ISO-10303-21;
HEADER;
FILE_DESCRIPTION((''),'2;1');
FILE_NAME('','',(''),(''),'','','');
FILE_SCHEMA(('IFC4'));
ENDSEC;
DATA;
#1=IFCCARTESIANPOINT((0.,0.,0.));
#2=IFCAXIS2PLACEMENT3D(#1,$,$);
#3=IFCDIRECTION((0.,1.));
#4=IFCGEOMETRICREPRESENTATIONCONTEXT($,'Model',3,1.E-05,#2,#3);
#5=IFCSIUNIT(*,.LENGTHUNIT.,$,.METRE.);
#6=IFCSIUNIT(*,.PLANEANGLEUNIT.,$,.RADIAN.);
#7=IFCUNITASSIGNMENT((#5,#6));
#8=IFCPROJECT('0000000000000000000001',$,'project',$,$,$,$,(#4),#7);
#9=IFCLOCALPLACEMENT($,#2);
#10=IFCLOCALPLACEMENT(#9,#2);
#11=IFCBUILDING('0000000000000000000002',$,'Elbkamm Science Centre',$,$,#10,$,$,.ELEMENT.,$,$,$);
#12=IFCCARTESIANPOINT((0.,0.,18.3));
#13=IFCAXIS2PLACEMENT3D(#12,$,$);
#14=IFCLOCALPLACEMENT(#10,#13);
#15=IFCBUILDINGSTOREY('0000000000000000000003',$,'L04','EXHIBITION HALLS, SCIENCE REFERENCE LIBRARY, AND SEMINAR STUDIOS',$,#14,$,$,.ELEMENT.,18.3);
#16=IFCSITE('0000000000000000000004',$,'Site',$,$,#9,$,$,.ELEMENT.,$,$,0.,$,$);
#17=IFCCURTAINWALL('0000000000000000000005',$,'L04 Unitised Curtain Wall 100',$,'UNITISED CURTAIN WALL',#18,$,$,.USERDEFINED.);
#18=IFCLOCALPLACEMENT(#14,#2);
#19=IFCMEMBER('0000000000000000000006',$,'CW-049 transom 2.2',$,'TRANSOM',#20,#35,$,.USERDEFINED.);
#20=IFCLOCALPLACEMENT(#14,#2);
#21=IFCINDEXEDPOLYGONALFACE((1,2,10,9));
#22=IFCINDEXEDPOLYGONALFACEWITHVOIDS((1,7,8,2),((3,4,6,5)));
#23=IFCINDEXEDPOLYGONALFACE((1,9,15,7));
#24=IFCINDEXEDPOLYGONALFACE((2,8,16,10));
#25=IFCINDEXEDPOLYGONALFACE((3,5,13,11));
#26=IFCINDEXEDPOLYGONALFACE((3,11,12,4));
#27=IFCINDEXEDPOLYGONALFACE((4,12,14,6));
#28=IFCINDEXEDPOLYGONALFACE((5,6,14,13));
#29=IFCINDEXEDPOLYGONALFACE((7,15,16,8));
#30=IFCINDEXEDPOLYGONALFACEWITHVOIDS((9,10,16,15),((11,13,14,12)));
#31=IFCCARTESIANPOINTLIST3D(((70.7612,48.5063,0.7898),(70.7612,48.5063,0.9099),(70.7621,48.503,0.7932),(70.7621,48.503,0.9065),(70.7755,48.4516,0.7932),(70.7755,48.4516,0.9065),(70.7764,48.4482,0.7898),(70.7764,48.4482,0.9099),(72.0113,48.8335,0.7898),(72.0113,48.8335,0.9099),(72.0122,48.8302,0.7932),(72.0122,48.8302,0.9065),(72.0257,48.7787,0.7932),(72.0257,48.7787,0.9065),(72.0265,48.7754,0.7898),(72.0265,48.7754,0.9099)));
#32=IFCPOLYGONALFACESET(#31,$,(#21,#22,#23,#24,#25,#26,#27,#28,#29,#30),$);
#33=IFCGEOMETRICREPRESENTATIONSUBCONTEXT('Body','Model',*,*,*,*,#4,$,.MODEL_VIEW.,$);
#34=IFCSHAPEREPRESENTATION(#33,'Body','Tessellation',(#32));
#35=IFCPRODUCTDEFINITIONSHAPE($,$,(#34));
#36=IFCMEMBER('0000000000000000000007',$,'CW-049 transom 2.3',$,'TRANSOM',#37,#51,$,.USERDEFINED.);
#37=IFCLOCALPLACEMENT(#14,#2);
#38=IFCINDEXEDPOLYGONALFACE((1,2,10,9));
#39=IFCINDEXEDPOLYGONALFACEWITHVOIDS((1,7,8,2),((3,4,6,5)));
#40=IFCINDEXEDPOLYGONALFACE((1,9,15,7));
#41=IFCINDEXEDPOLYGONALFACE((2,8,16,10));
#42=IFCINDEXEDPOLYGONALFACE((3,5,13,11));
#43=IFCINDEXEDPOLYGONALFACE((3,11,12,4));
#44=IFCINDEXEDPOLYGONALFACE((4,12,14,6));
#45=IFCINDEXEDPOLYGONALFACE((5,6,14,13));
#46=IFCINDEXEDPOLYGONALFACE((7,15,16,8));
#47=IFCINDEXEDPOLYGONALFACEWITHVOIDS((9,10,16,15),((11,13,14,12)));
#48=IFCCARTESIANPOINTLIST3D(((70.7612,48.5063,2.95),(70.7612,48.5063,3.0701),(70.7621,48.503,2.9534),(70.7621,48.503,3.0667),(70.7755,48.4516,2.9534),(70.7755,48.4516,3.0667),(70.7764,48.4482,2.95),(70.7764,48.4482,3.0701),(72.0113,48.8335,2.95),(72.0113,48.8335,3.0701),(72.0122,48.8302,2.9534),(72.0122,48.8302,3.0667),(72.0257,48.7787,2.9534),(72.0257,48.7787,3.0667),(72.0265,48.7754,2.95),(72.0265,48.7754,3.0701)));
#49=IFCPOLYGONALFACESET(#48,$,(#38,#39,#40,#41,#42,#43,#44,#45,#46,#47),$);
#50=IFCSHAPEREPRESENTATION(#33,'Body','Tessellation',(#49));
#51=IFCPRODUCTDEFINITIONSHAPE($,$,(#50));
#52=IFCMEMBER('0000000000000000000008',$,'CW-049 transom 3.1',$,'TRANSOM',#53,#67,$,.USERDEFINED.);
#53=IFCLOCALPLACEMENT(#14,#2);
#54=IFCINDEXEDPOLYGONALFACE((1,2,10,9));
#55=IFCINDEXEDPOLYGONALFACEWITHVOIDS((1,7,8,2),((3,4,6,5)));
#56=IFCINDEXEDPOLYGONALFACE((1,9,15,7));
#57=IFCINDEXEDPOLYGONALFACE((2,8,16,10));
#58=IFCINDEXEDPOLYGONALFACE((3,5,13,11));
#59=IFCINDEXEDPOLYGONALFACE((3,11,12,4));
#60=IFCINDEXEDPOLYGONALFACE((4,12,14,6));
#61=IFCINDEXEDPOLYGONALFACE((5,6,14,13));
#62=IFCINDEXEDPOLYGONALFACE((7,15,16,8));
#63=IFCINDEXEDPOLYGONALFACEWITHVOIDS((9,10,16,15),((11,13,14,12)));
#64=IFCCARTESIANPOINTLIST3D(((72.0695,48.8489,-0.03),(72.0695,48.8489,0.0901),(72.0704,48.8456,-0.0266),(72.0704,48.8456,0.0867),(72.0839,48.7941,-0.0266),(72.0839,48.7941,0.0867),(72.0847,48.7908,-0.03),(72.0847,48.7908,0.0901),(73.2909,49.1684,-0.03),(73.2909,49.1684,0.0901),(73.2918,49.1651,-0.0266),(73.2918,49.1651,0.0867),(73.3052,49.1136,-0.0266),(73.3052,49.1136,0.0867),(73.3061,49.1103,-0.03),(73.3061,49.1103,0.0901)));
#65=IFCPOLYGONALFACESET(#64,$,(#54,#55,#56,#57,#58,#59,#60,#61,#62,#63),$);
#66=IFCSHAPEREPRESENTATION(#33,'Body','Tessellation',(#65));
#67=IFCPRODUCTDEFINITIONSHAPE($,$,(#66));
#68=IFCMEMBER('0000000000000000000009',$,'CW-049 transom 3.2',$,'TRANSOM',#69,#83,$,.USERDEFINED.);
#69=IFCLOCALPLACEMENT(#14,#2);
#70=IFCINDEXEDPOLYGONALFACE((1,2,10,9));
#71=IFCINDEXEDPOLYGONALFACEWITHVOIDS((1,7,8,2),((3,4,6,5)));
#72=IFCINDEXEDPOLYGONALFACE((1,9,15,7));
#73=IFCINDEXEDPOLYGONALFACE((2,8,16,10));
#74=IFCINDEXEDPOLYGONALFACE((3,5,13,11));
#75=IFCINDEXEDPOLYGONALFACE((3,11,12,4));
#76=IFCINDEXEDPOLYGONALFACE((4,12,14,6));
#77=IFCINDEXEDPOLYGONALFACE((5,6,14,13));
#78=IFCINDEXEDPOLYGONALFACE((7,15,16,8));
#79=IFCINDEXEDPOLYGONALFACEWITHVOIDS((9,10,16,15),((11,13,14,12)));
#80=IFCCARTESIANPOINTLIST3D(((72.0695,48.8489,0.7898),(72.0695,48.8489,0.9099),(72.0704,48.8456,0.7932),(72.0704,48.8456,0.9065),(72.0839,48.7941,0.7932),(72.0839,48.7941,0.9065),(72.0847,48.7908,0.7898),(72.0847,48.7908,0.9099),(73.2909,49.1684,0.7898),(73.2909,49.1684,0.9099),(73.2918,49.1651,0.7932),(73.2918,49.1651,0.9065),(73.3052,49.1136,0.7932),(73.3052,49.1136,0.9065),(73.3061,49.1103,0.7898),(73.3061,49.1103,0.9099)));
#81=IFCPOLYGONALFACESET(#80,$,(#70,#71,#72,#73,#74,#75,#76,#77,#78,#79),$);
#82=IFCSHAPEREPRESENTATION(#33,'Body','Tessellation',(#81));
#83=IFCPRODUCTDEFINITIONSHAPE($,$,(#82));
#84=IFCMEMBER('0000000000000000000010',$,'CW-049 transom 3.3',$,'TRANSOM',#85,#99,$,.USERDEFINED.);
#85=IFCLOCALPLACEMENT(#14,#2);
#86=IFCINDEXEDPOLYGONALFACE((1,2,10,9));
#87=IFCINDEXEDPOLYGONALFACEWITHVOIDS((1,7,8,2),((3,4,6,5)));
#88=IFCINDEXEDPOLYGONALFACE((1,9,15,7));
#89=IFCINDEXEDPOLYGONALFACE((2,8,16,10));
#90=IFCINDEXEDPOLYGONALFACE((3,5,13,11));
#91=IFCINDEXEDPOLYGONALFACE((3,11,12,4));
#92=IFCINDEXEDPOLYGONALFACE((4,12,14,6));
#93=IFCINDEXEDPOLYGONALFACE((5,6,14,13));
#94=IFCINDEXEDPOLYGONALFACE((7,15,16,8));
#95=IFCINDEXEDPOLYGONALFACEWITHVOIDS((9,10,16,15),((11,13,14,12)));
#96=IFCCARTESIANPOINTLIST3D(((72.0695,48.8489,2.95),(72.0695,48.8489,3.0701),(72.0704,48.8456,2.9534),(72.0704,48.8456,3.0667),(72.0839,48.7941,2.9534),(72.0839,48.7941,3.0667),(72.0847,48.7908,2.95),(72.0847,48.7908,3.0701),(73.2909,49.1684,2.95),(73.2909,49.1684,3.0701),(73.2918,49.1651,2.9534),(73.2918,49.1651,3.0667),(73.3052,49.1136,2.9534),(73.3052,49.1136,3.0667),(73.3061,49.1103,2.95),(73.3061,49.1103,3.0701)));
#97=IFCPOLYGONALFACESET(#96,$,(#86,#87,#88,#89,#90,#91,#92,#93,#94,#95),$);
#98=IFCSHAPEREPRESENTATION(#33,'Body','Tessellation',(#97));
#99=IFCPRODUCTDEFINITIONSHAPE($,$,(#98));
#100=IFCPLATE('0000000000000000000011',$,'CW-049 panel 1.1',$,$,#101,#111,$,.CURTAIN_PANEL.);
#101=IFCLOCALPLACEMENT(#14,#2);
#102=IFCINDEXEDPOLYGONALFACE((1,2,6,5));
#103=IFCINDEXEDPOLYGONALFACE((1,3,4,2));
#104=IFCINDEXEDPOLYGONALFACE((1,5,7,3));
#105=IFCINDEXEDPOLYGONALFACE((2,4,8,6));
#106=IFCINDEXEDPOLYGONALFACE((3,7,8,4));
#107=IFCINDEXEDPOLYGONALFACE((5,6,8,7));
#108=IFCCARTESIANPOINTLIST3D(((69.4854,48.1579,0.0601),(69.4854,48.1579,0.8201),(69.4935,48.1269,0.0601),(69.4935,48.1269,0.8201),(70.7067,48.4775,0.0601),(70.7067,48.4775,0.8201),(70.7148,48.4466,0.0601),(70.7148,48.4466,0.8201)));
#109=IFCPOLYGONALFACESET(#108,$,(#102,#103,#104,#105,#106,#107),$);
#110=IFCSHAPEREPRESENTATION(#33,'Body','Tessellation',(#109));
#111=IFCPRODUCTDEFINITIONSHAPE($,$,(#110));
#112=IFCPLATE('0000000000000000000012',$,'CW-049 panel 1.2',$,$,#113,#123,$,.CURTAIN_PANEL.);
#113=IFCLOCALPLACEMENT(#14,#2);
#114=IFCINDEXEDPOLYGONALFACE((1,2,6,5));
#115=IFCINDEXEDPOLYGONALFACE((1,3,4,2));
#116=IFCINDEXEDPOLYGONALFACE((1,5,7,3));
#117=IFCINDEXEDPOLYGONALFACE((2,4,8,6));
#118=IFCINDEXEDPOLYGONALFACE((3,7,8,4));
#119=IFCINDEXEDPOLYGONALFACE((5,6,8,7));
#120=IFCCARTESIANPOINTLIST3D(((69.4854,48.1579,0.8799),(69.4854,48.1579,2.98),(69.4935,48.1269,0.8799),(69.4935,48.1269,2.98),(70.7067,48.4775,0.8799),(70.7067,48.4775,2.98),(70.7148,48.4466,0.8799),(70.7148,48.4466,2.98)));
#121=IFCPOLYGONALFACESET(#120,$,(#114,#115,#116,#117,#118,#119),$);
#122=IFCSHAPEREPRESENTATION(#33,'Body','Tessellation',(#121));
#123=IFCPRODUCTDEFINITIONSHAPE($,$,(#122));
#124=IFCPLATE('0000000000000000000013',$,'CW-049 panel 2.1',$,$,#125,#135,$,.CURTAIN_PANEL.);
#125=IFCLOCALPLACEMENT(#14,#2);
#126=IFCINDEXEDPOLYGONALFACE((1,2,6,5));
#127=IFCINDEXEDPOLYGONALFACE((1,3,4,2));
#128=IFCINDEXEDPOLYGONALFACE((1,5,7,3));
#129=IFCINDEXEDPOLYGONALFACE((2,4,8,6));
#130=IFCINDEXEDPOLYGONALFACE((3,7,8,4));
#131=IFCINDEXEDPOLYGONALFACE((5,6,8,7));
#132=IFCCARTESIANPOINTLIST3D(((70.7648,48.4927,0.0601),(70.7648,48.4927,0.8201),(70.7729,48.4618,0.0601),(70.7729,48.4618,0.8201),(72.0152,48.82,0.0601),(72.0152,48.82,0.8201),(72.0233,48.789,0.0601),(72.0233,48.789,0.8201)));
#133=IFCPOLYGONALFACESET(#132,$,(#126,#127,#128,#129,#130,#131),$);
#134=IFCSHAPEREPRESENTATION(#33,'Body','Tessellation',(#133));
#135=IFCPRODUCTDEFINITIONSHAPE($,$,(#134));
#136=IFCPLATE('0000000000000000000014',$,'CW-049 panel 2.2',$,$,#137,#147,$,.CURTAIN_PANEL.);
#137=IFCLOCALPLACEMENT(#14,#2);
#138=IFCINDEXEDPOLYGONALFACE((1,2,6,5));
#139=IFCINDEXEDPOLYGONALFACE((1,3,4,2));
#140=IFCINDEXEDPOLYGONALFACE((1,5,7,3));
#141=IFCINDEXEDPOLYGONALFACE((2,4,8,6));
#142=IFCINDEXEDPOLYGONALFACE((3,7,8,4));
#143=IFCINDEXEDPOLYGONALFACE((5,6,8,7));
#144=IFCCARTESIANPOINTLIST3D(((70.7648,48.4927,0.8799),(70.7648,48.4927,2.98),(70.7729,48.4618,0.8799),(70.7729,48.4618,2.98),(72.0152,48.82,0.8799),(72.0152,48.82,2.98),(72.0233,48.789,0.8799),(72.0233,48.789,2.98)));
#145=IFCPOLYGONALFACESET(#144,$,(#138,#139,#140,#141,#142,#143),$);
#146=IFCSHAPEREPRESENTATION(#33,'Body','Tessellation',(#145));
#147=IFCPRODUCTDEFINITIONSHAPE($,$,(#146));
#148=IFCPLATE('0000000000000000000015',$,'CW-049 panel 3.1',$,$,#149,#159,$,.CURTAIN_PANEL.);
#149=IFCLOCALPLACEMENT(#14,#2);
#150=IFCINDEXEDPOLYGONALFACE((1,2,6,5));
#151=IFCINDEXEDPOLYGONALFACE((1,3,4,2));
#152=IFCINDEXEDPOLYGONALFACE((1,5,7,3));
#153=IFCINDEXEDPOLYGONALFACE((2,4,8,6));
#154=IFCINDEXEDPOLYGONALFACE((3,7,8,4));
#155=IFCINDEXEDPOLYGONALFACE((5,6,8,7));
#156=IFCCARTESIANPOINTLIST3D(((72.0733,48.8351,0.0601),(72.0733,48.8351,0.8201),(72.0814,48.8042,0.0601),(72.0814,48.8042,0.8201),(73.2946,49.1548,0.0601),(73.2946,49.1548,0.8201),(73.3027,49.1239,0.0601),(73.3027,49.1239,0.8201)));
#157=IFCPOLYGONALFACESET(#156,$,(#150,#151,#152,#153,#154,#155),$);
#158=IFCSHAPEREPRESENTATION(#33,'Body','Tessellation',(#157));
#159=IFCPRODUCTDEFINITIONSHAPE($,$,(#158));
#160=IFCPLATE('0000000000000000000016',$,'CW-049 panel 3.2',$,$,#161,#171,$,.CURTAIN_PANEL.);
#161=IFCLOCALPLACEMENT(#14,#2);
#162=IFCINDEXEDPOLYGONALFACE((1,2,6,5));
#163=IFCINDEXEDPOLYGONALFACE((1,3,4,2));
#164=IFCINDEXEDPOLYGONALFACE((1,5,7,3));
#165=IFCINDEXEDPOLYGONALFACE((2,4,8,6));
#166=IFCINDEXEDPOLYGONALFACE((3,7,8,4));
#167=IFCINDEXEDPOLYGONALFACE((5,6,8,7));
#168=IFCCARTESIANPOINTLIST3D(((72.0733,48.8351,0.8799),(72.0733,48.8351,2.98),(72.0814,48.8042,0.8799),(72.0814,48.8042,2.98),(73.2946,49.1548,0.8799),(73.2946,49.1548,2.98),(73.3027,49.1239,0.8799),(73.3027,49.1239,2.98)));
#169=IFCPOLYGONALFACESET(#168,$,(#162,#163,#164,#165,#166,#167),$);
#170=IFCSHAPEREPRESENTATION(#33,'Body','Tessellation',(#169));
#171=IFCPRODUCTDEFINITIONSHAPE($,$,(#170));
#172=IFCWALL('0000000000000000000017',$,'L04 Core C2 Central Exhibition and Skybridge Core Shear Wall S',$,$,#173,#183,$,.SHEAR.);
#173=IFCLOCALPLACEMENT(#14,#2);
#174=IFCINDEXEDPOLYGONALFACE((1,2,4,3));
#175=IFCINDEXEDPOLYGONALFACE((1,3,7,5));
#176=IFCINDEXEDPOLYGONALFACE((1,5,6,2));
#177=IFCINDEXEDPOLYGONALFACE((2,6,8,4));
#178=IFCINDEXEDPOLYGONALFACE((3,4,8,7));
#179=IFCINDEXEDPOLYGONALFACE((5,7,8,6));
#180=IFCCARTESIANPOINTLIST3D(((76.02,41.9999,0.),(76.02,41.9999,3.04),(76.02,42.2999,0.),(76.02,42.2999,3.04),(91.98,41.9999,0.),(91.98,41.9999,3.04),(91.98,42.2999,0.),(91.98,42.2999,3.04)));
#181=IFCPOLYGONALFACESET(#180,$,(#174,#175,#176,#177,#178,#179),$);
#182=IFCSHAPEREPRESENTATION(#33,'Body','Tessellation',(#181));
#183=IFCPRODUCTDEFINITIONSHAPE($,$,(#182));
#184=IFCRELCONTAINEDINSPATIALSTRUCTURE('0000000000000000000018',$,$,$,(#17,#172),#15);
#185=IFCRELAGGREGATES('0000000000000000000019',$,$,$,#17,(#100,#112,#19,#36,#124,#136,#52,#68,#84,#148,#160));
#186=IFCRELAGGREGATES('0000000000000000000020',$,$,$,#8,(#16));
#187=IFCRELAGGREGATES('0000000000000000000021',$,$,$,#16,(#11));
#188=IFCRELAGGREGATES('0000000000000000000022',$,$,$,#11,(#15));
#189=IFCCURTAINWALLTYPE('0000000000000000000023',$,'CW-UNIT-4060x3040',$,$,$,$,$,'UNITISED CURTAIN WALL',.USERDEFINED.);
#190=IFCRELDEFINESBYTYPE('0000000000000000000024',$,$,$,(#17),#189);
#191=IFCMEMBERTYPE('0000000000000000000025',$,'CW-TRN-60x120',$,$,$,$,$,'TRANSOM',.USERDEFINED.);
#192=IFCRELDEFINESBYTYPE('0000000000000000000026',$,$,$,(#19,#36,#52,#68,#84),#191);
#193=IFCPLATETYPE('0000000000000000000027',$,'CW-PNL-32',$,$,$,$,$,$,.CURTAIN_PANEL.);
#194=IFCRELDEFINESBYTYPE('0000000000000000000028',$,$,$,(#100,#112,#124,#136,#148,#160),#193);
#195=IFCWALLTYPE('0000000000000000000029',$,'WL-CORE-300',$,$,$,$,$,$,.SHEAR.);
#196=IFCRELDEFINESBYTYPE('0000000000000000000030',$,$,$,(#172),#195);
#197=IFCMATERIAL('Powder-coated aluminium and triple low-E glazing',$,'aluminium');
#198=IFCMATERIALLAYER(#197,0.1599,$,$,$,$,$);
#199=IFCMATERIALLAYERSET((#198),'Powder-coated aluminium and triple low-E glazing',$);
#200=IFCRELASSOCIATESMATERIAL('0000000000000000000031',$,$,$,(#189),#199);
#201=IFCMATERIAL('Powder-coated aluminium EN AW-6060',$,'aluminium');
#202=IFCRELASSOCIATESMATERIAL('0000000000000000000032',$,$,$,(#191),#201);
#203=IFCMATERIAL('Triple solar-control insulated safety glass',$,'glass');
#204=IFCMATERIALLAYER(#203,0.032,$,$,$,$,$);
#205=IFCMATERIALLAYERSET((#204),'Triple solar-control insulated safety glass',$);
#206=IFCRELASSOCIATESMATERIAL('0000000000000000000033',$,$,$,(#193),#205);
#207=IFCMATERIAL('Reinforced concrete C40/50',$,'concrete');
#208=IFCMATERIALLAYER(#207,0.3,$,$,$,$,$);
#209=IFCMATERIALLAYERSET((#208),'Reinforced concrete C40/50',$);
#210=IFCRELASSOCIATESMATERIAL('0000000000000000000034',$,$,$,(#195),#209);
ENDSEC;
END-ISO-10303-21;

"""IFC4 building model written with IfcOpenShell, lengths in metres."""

from ifc_helpers import new_model, si_unit, direction, frame, frame_2d, origin, origin_2d, place, context, subcontext, project, spatial, rectangle, hollow_rectangle, extrude, material, layer, layer_set, material_profile, profile_set, type_object, element, aggregate, save


model = new_model("IFC4")

# Units and contexts
model_context = context("Model", 3, precision=1e-05, world=origin(), true_north=direction((0.0, 1.0)))
body_context = subcontext(model_context, "Body", "Model", "MODEL_VIEW")
ifc_project = project(units=[si_unit("LENGTHUNIT", "METRE"), si_unit("PLANEANGLEUNIT", "RADIAN")], contexts=[model_context])

# Site, building, storey
site_placement = place(None, origin())
site = spatial("IfcSite", under=ifc_project, at=site_placement, Name="Site", CompositionType="ELEMENT", RefElevation=0.0)
building_placement = place(site_placement, origin())
building = spatial("IfcBuilding", under=site, at=building_placement, Name="Elbkamm Science Centre", CompositionType="ELEMENT")
storey_placement = place(building_placement, frame((0.0, 0.0, 18.3)))
storey = spatial("IfcBuildingStorey", under=building, at=storey_placement, Name="L04", Description="EXHIBITION HALLS, SCIENCE REFERENCE LIBRARY, AND SEMINAR STUDIOS", CompositionType="ELEMENT", Elevation=18.3)

# Curtain wall, members, plates
ifc_material_1 = material(Name="Powder-coated aluminium and triple low-E glazing", Category="aluminium")
ifc_layer_1 = layer(ifc_material_1, 0.1599)
ifc_layer_set_1 = layer_set([ifc_layer_1], Name="Powder-coated aluminium and triple low-E glazing")
curtain_wall_type = type_object("IfcCurtainWallType", Name="CW-UNIT-4060x3040", ElementType="UNITISED CURTAIN WALL", PredefinedType="USERDEFINED", material=ifc_layer_set_1)
curtain_wall_placement = place(storey_placement, origin())
curtain_wall = element("IfcCurtainWall", 1, at=curtain_wall_placement, inside=storey, type_object=curtain_wall_type, Name="L04 Unitised Curtain Wall 100", ObjectType="UNITISED CURTAIN WALL", PredefinedType="USERDEFINED")
ifc_material_2 = material(Name="Powder-coated aluminium EN AW-6060", Category="aluminium")
ifc_material_profile_1 = material_profile(ifc_material_2, hollow_rectangle(XDim=0.0601, YDim=0.1201, WallThickness=0.0034, at=origin_2d()), Name="ALU T60x120")
ifc_profile_set_1 = profile_set([ifc_material_profile_1], Name="Powder-coated aluminium EN AW-6060")
member_type_1 = type_object("IfcMemberType", Name="CW-TRN-60x120", ElementType="TRANSOM", PredefinedType="USERDEFINED", material=ifc_profile_set_1)
member_1_placement = place(storey_placement, frame((70.7688, 48.4773, 0.8499), z_axis=(0.967428, 0.253145, 0.0), x_axis=(-0.253145, 0.967428, 0.0)))
member_1 = element("IfcMember", 2, at=member_1_placement, type_object=member_type_1, Name="CW-049 transom 2.2", ObjectType="TRANSOM", PredefinedType="USERDEFINED", context=body_context, shape_type="SweptSolid", body=[
    extrude(hollow_rectangle(XDim=0.0601, YDim=0.1201, WallThickness=0.0034, at=origin_2d()), origin(), (0.0, 0.0, 1.0), 1.2922),
])
member_2_placement = place(storey_placement, frame((70.7688, 48.4773, 3.01), z_axis=(0.967428, 0.253145, 0.0), x_axis=(-0.253145, 0.967428, 0.0)))
member_2 = element("IfcMember", 3, at=member_2_placement, type_object=member_type_1, Name="CW-049 transom 2.3", ObjectType="TRANSOM", PredefinedType="USERDEFINED", context=body_context, shape_type="SweptSolid", body=[
    extrude(hollow_rectangle(XDim=0.0601, YDim=0.1201, WallThickness=0.0034, at=origin_2d()), origin(), (0.0, 0.0, 1.0), 1.2922),
])
member_3_placement = place(storey_placement, frame((72.0771, 48.8198, 0.03), z_axis=(0.967434, 0.253122, 0.0), x_axis=(-0.253122, 0.967434, 0.0)))
member_3 = element("IfcMember", 4, at=member_3_placement, type_object=member_type_1, Name="CW-049 transom 3.1", ObjectType="TRANSOM", PredefinedType="USERDEFINED", context=body_context, shape_type="SweptSolid", body=[
    extrude(hollow_rectangle(XDim=0.0601, YDim=0.1201, WallThickness=0.0034, at=origin_2d()), origin(), (0.0, 0.0, 1.0), 1.2625),
])
member_4_placement = place(storey_placement, frame((72.0771, 48.8198, 0.8499), z_axis=(0.967434, 0.253122, 0.0), x_axis=(-0.253122, 0.967434, 0.0)))
member_4 = element("IfcMember", 5, at=member_4_placement, type_object=member_type_1, Name="CW-049 transom 3.2", ObjectType="TRANSOM", PredefinedType="USERDEFINED", context=body_context, shape_type="SweptSolid", body=[
    extrude(hollow_rectangle(XDim=0.0601, YDim=0.1201, WallThickness=0.0034, at=origin_2d()), origin(), (0.0, 0.0, 1.0), 1.2625),
])
member_5_placement = place(storey_placement, frame((72.0771, 48.8198, 3.01), z_axis=(0.967434, 0.253122, 0.0), x_axis=(-0.253122, 0.967434, 0.0)))
member_5 = element("IfcMember", 6, at=member_5_placement, type_object=member_type_1, Name="CW-049 transom 3.3", ObjectType="TRANSOM", PredefinedType="USERDEFINED", context=body_context, shape_type="SweptSolid", body=[
    extrude(hollow_rectangle(XDim=0.0601, YDim=0.1201, WallThickness=0.0034, at=origin_2d()), origin(), (0.0, 0.0, 1.0), 1.2625),
])
ifc_material_3 = material(Name="Triple solar-control insulated safety glass", Category="glass")
ifc_layer_2 = layer(ifc_material_3, 0.032)
ifc_layer_set_2 = layer_set([ifc_layer_2], Name="Triple solar-control insulated safety glass")
plate_type = type_object("IfcPlateType", Name="CW-PNL-32", PredefinedType="CURTAIN_PANEL", material=ifc_layer_set_2)
plate_1_placement = place(storey_placement, frame((70.1001, 48.3022, 0.0601), z_axis=(0.0, 0.0, 1.0), x_axis=(0.967412, 0.253208, 0.0)))
plate_1 = element("IfcPlate", 7, at=plate_1_placement, type_object=plate_type, Name="CW-049 panel 1.1", PredefinedType="CURTAIN_PANEL", context=body_context, shape_type="SweptSolid", body=[
    extrude(rectangle(XDim=1.2625, YDim=0.032, at=origin_2d()), origin(), (0.0, 0.0, 1.0), 0.76),
])
plate_2_placement = place(storey_placement, frame((70.1001, 48.3022, 0.8799), z_axis=(0.0, 0.0, 1.0), x_axis=(0.967412, 0.253208, 0.0)))
plate_2 = element("IfcPlate", 8, at=plate_2_placement, type_object=plate_type, Name="CW-049 panel 1.2", PredefinedType="CURTAIN_PANEL", context=body_context, shape_type="SweptSolid", body=[
    extrude(rectangle(XDim=1.2625, YDim=0.032, at=origin_2d()), origin(), (0.0, 0.0, 1.0), 2.1001),
])
plate_3_placement = place(storey_placement, frame((71.394, 48.6409, 0.0601), z_axis=(0.0, 0.0, 1.0), x_axis=(0.967412, 0.253208, 0.0)))
plate_3 = element("IfcPlate", 9, at=plate_3_placement, type_object=plate_type, Name="CW-049 panel 2.1", PredefinedType="CURTAIN_PANEL", context=body_context, shape_type="SweptSolid", body=[
    extrude(rectangle(XDim=1.2925, YDim=0.032, at=origin_2d()), origin(), (0.0, 0.0, 1.0), 0.76),
])
plate_4_placement = place(storey_placement, frame((71.394, 48.6409, 0.8799), z_axis=(0.0, 0.0, 1.0), x_axis=(0.967412, 0.253208, 0.0)))
plate_4 = element("IfcPlate", 10, at=plate_4_placement, type_object=plate_type, Name="CW-049 panel 2.2", PredefinedType="CURTAIN_PANEL", context=body_context, shape_type="SweptSolid", body=[
    extrude(rectangle(XDim=1.2925, YDim=0.032, at=origin_2d()), origin(), (0.0, 0.0, 1.0), 2.1001),
])
plate_5_placement = place(storey_placement, frame((72.688, 48.9795, 0.0601), z_axis=(0.0, 0.0, 1.0), x_axis=(0.967412, 0.253208, 0.0)))
plate_5 = element("IfcPlate", 11, at=plate_5_placement, type_object=plate_type, Name="CW-049 panel 3.1", PredefinedType="CURTAIN_PANEL", context=body_context, shape_type="SweptSolid", body=[
    extrude(rectangle(XDim=1.2625, YDim=0.032, at=origin_2d()), origin(), (0.0, 0.0, 1.0), 0.76),
])
plate_6_placement = place(storey_placement, frame((72.688, 48.9795, 0.8799), z_axis=(0.0, 0.0, 1.0), x_axis=(0.967412, 0.253208, 0.0)))
plate_6 = element("IfcPlate", 12, at=plate_6_placement, type_object=plate_type, Name="CW-049 panel 3.2", PredefinedType="CURTAIN_PANEL", context=body_context, shape_type="SweptSolid", body=[
    extrude(rectangle(XDim=1.2625, YDim=0.032, at=origin_2d()), origin(), (0.0, 0.0, 1.0), 2.1001),
])
aggregate(curtain_wall, [plate_1, plate_2, member_1, member_2, plate_3, plate_4, member_3, member_4, member_5, plate_5, plate_6])

# Wall
ifc_material_4 = material(Name="Reinforced concrete C40/50", Category="concrete")
ifc_layer_3 = layer(ifc_material_4, 0.3)
ifc_layer_set_3 = layer_set([ifc_layer_3], Name="Reinforced concrete C40/50")
wall_type_1 = type_object("IfcWallType", Name="WL-CORE-300", PredefinedType="SHEAR", material=ifc_layer_set_3)
wall_1_placement = place(storey_placement, frame((76.02, 42.1499, 0.0), z_axis=(0.0, 0.0, 1.0), x_axis=(1.0, 0.0, 0.0)))
element("IfcWall", 13, at=wall_1_placement, inside=storey, type_object=wall_type_1, Name="L04 Core C2 Central Exhibition and Skybridge Core Shear Wall S", PredefinedType="SHEAR", context=body_context, shape_type="SweptSolid", body=[
    extrude(rectangle(XDim=15.96, YDim=0.3, at=frame_2d((7.98, 0.0))), origin(), (0.0, 0.0, 1.0), 3.04),
])

save(model, "model.ifc")
